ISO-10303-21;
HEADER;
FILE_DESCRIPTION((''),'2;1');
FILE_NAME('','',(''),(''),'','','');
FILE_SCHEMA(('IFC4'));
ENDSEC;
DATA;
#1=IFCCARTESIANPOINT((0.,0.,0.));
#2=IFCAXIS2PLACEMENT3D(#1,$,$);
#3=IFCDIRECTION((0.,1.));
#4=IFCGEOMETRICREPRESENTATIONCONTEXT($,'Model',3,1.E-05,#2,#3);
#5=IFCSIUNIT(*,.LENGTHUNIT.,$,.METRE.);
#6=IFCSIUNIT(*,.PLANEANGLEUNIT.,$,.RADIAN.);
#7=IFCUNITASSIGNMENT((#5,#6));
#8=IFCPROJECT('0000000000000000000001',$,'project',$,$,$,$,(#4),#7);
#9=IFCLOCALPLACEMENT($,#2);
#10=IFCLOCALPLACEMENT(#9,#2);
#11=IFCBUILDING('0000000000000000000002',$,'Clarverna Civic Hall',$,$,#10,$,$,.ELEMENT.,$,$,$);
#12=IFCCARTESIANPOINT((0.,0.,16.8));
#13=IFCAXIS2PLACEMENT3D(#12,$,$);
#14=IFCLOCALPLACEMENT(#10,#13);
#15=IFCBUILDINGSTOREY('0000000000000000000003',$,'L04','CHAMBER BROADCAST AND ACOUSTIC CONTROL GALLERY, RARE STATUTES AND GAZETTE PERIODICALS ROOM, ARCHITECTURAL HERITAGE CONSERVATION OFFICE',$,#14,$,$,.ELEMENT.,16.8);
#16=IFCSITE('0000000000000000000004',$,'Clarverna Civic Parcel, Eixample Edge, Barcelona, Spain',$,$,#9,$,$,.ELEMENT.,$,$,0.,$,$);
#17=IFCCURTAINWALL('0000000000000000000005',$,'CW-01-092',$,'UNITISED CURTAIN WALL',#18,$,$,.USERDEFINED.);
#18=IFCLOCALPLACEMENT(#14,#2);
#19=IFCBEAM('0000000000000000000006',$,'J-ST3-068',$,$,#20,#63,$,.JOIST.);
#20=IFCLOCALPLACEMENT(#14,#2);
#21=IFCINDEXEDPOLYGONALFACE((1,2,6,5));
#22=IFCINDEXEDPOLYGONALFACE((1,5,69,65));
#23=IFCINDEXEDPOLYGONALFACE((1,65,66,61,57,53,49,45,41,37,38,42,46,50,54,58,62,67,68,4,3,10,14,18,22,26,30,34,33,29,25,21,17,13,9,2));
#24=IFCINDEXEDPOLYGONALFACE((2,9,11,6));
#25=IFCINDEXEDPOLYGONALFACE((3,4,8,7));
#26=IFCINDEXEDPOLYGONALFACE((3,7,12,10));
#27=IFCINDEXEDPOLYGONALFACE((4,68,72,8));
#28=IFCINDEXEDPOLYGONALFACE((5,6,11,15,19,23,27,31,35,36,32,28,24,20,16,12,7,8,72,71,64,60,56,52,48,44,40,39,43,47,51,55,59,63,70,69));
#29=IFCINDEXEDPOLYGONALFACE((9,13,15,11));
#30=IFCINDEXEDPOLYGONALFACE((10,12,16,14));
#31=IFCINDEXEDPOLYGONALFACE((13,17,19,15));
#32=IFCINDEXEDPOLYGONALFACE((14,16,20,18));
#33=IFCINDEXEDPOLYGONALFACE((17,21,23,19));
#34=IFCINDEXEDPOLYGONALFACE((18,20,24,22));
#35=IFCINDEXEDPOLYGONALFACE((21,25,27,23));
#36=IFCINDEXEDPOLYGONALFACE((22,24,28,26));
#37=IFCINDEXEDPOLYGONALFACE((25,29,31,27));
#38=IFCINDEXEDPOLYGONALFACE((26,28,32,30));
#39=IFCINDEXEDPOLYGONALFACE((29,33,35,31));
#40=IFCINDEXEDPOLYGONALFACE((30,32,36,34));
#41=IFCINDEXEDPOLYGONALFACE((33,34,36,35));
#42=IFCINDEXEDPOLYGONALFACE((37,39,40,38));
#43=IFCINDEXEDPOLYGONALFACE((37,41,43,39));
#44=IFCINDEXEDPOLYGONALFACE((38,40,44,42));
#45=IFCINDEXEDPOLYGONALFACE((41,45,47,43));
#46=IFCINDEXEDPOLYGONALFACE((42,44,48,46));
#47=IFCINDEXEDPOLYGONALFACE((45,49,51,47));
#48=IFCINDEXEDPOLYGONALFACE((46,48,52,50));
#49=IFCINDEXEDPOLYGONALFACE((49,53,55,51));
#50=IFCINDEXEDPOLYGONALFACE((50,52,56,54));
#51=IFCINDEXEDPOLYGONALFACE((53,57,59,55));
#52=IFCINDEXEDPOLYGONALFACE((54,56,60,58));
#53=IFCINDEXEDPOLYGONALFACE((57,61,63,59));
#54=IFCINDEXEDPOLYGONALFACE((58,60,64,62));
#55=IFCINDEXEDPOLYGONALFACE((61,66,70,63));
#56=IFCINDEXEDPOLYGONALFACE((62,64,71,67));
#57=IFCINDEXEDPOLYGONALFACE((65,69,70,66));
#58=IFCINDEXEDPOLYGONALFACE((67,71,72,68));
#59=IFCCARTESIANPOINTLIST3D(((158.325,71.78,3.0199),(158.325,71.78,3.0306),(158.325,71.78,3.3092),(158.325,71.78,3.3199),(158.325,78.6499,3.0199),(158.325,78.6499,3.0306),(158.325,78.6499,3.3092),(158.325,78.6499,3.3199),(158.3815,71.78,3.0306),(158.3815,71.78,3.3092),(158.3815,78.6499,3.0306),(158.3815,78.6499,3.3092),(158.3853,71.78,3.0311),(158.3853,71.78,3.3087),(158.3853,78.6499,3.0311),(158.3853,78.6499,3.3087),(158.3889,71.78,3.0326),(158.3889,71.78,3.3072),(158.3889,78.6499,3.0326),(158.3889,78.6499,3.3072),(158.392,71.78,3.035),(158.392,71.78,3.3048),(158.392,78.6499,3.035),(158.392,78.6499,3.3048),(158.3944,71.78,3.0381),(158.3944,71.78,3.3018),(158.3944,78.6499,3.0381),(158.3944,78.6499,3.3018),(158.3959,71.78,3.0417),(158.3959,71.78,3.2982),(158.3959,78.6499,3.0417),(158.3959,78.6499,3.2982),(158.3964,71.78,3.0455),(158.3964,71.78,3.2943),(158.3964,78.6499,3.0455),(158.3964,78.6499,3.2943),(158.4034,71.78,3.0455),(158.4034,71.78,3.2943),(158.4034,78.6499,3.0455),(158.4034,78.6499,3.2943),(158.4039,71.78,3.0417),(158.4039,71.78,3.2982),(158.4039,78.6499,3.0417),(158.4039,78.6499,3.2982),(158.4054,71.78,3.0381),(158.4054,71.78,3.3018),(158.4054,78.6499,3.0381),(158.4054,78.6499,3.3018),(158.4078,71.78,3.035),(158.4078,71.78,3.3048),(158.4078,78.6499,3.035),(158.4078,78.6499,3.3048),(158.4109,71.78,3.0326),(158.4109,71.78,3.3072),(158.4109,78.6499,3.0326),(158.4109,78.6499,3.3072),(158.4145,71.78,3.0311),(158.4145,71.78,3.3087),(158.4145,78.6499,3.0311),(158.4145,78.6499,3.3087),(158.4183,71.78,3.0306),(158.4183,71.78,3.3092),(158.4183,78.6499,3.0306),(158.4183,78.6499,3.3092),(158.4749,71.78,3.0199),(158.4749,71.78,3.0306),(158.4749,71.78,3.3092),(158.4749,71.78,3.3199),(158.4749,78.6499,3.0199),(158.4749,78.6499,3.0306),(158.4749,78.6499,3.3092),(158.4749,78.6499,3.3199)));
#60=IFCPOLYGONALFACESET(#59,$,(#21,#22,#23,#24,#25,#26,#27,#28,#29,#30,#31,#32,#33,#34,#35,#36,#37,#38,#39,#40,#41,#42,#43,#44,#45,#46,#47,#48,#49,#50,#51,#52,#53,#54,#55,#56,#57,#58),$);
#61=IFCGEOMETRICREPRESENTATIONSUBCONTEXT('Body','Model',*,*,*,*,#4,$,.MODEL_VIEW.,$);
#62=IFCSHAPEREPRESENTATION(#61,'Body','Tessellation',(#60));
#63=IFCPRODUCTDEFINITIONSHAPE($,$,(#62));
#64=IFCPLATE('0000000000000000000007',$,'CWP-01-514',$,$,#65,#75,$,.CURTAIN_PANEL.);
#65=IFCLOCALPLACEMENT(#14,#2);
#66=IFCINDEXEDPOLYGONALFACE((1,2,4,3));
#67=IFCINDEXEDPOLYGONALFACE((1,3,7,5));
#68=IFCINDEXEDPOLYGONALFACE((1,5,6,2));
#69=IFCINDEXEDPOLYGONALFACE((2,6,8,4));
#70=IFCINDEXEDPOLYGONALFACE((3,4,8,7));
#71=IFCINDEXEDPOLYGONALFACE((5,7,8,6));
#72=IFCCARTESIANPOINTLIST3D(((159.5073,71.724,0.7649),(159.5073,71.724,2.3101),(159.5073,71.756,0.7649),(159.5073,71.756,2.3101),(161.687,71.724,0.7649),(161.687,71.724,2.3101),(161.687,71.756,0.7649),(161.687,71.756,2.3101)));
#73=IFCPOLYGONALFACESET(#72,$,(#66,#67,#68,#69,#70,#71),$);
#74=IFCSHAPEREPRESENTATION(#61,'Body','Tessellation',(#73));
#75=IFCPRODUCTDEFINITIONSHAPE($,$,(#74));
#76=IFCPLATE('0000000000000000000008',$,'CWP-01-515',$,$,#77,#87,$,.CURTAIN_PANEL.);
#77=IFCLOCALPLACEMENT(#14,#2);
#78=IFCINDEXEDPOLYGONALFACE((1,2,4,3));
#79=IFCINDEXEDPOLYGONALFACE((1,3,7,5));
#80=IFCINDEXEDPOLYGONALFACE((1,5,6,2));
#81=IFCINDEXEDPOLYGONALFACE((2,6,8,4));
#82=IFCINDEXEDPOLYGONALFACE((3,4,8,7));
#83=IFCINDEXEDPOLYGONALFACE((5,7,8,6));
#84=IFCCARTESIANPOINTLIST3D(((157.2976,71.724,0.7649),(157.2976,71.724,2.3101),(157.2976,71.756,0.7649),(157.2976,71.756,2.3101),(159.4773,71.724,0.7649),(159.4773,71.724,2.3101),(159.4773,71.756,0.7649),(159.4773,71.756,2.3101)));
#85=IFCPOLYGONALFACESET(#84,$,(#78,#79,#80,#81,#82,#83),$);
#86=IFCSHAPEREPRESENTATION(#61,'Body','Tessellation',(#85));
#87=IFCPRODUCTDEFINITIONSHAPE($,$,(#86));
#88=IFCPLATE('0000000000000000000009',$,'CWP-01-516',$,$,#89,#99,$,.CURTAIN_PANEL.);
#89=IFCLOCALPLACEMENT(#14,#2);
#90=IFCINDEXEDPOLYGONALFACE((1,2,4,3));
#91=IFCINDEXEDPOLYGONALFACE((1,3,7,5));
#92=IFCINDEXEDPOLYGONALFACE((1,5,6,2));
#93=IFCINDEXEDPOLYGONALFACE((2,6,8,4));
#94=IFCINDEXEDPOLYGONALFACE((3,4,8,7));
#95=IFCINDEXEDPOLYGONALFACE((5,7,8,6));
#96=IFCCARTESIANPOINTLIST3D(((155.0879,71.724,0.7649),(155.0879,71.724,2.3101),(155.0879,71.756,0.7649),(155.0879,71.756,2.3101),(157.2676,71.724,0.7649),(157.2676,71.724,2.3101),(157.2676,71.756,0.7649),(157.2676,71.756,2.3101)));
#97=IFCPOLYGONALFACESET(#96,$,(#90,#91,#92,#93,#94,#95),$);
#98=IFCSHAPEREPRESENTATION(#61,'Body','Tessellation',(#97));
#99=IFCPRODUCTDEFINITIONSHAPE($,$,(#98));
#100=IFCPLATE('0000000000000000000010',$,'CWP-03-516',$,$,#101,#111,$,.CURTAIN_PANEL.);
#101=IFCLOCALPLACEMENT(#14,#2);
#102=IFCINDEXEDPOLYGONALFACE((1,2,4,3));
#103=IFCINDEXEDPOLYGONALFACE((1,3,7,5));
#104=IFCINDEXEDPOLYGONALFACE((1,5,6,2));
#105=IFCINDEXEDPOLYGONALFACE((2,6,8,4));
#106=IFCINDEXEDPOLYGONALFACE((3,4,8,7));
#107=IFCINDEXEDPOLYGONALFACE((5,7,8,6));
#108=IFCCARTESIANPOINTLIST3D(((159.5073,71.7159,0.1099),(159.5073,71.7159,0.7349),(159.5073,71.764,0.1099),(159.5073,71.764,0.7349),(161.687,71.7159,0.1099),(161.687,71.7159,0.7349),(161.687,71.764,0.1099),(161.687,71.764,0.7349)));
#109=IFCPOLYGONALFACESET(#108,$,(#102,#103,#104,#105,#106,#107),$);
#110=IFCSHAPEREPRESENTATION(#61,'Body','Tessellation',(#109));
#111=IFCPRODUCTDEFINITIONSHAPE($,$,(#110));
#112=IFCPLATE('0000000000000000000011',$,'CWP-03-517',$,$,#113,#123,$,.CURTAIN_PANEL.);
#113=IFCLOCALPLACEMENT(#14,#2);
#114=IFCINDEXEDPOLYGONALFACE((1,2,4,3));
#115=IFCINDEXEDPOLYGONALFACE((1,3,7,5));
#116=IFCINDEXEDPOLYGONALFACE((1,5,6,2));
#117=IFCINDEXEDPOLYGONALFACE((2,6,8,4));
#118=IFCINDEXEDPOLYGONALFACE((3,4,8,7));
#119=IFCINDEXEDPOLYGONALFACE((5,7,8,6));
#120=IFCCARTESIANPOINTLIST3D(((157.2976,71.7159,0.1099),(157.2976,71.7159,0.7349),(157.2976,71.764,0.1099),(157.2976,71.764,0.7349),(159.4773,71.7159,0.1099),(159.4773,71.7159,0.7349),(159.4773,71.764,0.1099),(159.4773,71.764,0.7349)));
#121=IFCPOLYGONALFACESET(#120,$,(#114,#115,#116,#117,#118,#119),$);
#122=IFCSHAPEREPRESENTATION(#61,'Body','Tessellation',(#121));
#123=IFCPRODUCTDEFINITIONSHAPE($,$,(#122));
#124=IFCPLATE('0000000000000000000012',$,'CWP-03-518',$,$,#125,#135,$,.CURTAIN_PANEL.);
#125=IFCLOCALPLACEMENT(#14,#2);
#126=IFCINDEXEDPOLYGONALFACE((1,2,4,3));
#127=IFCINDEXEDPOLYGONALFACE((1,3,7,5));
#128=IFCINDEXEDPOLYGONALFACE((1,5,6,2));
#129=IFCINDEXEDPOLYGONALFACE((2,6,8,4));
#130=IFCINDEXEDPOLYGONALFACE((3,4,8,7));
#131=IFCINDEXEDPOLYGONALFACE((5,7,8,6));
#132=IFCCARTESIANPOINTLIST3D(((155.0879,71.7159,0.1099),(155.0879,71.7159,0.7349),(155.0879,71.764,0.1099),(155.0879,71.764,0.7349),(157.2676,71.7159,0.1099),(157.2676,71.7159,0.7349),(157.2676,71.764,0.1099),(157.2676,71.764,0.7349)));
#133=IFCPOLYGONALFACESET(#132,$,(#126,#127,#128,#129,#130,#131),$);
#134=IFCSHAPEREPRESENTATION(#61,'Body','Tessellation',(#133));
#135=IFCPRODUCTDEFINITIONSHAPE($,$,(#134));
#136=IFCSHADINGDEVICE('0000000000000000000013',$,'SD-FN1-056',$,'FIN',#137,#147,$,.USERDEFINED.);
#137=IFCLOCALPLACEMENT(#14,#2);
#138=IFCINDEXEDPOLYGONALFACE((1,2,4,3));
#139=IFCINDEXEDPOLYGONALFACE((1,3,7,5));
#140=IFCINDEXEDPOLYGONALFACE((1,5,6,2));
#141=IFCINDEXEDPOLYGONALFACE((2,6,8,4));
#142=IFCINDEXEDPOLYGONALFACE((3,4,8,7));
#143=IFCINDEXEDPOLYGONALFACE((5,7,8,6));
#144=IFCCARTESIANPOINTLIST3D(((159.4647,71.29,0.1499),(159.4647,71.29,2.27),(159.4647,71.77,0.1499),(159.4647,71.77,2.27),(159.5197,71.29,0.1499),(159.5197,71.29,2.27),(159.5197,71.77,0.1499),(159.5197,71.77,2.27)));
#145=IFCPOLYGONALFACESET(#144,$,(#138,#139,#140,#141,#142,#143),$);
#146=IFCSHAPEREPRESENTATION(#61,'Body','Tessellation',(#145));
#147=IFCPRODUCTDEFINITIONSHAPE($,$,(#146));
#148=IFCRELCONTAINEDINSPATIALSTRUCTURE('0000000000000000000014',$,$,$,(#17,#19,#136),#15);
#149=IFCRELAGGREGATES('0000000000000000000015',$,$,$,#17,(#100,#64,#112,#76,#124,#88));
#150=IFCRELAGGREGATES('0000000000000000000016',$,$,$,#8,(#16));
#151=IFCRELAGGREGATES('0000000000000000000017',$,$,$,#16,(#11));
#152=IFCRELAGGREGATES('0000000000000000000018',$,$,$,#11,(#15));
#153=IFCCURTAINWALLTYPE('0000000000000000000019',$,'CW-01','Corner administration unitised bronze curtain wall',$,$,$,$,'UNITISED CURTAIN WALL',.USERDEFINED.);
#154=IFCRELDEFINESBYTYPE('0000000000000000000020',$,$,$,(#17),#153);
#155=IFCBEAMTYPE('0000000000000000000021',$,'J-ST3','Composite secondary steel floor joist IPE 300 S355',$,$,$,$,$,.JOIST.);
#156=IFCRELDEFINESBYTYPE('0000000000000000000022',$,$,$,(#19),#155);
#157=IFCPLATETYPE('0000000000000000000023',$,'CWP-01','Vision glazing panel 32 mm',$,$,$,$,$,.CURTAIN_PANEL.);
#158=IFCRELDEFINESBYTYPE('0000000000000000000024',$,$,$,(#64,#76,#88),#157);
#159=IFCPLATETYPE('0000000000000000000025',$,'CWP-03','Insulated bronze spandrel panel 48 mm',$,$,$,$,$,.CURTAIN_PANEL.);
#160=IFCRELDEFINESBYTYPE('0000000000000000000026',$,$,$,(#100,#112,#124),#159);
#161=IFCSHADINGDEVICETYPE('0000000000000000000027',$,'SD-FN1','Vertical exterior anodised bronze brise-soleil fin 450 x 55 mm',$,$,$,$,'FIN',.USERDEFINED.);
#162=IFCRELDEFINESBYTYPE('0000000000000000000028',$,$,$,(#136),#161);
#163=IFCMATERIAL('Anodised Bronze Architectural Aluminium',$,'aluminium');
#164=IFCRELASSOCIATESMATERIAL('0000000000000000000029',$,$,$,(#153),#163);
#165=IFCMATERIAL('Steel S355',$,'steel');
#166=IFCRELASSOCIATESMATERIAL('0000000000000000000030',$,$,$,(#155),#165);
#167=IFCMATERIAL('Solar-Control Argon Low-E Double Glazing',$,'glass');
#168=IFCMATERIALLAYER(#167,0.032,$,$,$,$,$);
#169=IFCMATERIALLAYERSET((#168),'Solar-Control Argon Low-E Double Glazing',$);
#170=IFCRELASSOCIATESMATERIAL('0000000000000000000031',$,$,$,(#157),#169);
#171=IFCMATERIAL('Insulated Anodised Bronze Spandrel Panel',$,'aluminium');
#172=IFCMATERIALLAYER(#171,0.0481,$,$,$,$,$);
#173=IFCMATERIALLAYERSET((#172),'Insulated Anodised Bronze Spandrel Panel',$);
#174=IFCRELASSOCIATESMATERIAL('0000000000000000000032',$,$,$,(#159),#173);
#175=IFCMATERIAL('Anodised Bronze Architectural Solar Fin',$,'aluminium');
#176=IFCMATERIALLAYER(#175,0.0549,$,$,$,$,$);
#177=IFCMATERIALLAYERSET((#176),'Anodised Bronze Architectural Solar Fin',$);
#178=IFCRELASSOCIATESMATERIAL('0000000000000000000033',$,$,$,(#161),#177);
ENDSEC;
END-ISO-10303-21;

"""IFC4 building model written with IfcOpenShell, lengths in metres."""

from ifc_helpers import new_model, si_unit, direction, frame, frame_2d, origin, origin_2d, place, context, subcontext, project, spatial, rectangle, i_section, extrude, material, layer, layer_set, material_profile, profile_set, type_object, element, aggregate, save


model = new_model("IFC4")

# Units and contexts
model_context = context("Model", 3, precision=1e-05, world=origin(), true_north=direction((0.0, 1.0)))
body_context = subcontext(model_context, "Body", "Model", "MODEL_VIEW")
ifc_project = project(units=[si_unit("LENGTHUNIT", "METRE"), si_unit("PLANEANGLEUNIT", "RADIAN")], contexts=[model_context])

# Site, building, storey
site_placement = place(None, origin())
site = spatial("IfcSite", under=ifc_project, at=site_placement, Name="Clarverna Civic Parcel, Eixample Edge, Barcelona, Spain", CompositionType="ELEMENT", RefElevation=0.0)
building_placement = place(site_placement, origin())
building = spatial("IfcBuilding", under=site, at=building_placement, Name="Clarverna Civic Hall", CompositionType="ELEMENT")
storey_placement = place(building_placement, frame((0.0, 0.0, 16.8)))
storey = spatial("IfcBuildingStorey", under=building, at=storey_placement, Name="L04", Description="CHAMBER BROADCAST AND ACOUSTIC CONTROL GALLERY, RARE STATUTES AND GAZETTE PERIODICALS ROOM, ARCHITECTURAL HERITAGE CONSERVATION OFFICE", CompositionType="ELEMENT", Elevation=16.8)

# Curtain wall
ifc_material_1 = material(Name="Anodised Bronze Architectural Aluminium", Category="aluminium")
curtain_wall_type = type_object("IfcCurtainWallType", Name="CW-01", Description="Corner administration unitised bronze curtain wall", ElementType="UNITISED CURTAIN WALL", PredefinedType="USERDEFINED", material=ifc_material_1)
curtain_wall_placement = place(storey_placement, origin())
curtain_wall = element("IfcCurtainWall", 1, at=curtain_wall_placement, inside=storey, type_object=curtain_wall_type, Name="CW-01-092", ObjectType="UNITISED CURTAIN WALL", PredefinedType="USERDEFINED")

# Beam
ifc_material_2 = material(Name="Steel S355", Category="steel")
ifc_material_profile_1 = material_profile(ifc_material_2, i_section(OverallWidth=0.1499, OverallDepth=0.3, WebThickness=0.0071, FlangeThickness=0.0107, FilletRadius=0.0149, at=origin_2d()), Name="IPE 300")
ifc_profile_set_1 = profile_set([ifc_material_profile_1], Name="Steel S355")
beam_type_1 = type_object("IfcBeamType", Name="J-ST3", Description="Composite secondary steel floor joist IPE 300 S355", PredefinedType="JOIST", material=ifc_profile_set_1)
beam_1_placement = place(storey_placement, frame((158.3999, 71.78, 3.1699), z_axis=(0.0, 1.0, 0.0), x_axis=(-1.0, 0.0, 0.0)))
element("IfcBeam", 2, at=beam_1_placement, inside=storey, type_object=beam_type_1, Name="J-ST3-068", PredefinedType="JOIST", context=body_context, shape_type="SweptSolid", body=[
    extrude(i_section(OverallWidth=0.1499, OverallDepth=0.3, WebThickness=0.0071, FlangeThickness=0.0107, FilletRadius=0.0149, at=origin_2d()), origin(), (0.0, 0.0, 1.0), 6.8699),
])

# Plates
ifc_material_3 = material(Name="Solar-Control Argon Low-E Double Glazing", Category="glass")
ifc_layer_1 = layer(ifc_material_3, 0.032)
ifc_layer_set_1 = layer_set([ifc_layer_1], Name="Solar-Control Argon Low-E Double Glazing")
plate_type_1 = type_object("IfcPlateType", Name="CWP-01", Description="Vision glazing panel 32 mm", PredefinedType="CURTAIN_PANEL", material=ifc_layer_set_1)
plate_1_placement = place(storey_placement, frame((161.687, 71.74, 0.7649), z_axis=(0.0, 0.0, 1.0), x_axis=(-1.0, 0.0, 0.0)))
plate_1 = element("IfcPlate", 3, at=plate_1_placement, type_object=plate_type_1, Name="CWP-01-514", PredefinedType="CURTAIN_PANEL", context=body_context, shape_type="SweptSolid", body=[
    extrude(rectangle(XDim=2.1797, YDim=0.032, at=frame_2d((1.0898, 0.0))), origin(), (0.0, 0.0, 1.0), 1.5452),
])
plate_2_placement = place(storey_placement, frame((159.4773, 71.74, 0.7649), z_axis=(0.0, 0.0, 1.0), x_axis=(-1.0, 0.0, 0.0)))
plate_2 = element("IfcPlate", 4, at=plate_2_placement, type_object=plate_type_1, Name="CWP-01-515", PredefinedType="CURTAIN_PANEL", context=body_context, shape_type="SweptSolid", body=[
    extrude(rectangle(XDim=2.1797, YDim=0.032, at=frame_2d((1.0898, 0.0))), origin(), (0.0, 0.0, 1.0), 1.5452),
])
plate_3_placement = place(storey_placement, frame((157.2676, 71.74, 0.7649), z_axis=(0.0, 0.0, 1.0), x_axis=(-1.0, 0.0, 0.0)))
plate_3 = element("IfcPlate", 5, at=plate_3_placement, type_object=plate_type_1, Name="CWP-01-516", PredefinedType="CURTAIN_PANEL", context=body_context, shape_type="SweptSolid", body=[
    extrude(rectangle(XDim=2.1797, YDim=0.032, at=frame_2d((1.0898, 0.0))), origin(), (0.0, 0.0, 1.0), 1.5452),
])
ifc_material_4 = material(Name="Insulated Anodised Bronze Spandrel Panel", Category="aluminium")
ifc_layer_2 = layer(ifc_material_4, 0.0481)
ifc_layer_set_2 = layer_set([ifc_layer_2], Name="Insulated Anodised Bronze Spandrel Panel")
plate_type_2 = type_object("IfcPlateType", Name="CWP-03", Description="Insulated bronze spandrel panel 48 mm", PredefinedType="CURTAIN_PANEL", material=ifc_layer_set_2)
plate_4_placement = place(storey_placement, frame((161.687, 71.74, 0.1099), z_axis=(0.0, 0.0, 1.0), x_axis=(-1.0, 0.0, 0.0)))
plate_4 = element("IfcPlate", 6, at=plate_4_placement, type_object=plate_type_2, Name="CWP-03-516", PredefinedType="CURTAIN_PANEL", context=body_context, shape_type="SweptSolid", body=[
    extrude(rectangle(XDim=2.1797, YDim=0.0481, at=frame_2d((1.0898, 0.0))), origin(), (0.0, 0.0, 1.0), 0.625),
])
plate_5_placement = place(storey_placement, frame((159.4773, 71.74, 0.1099), z_axis=(0.0, 0.0, 1.0), x_axis=(-1.0, 0.0, 0.0)))
plate_5 = element("IfcPlate", 7, at=plate_5_placement, type_object=plate_type_2, Name="CWP-03-517", PredefinedType="CURTAIN_PANEL", context=body_context, shape_type="SweptSolid", body=[
    extrude(rectangle(XDim=2.1797, YDim=0.0481, at=frame_2d((1.0898, 0.0))), origin(), (0.0, 0.0, 1.0), 0.625),
])
plate_6_placement = place(storey_placement, frame((157.2676, 71.74, 0.1099), z_axis=(0.0, 0.0, 1.0), x_axis=(-1.0, 0.0, 0.0)))
plate_6 = element("IfcPlate", 8, at=plate_6_placement, type_object=plate_type_2, Name="CWP-03-518", PredefinedType="CURTAIN_PANEL", context=body_context, shape_type="SweptSolid", body=[
    extrude(rectangle(XDim=2.1797, YDim=0.0481, at=frame_2d((1.0898, 0.0))), origin(), (0.0, 0.0, 1.0), 0.625),
])
aggregate(curtain_wall, [plate_4, plate_1, plate_5, plate_2, plate_6, plate_3])

# Shading device
ifc_material_5 = material(Name="Anodised Bronze Architectural Solar Fin", Category="aluminium")
ifc_layer_3 = layer(ifc_material_5, 0.0549)
ifc_layer_set_3 = layer_set([ifc_layer_3], Name="Anodised Bronze Architectural Solar Fin")
shading_device_type = type_object("IfcShadingDeviceType", Name="SD-FN1", Description="Vertical exterior anodised bronze brise-soleil fin 450 x 55 mm", ElementType="FIN", PredefinedType="USERDEFINED", material=ifc_layer_set_3)
shading_device_placement = place(storey_placement, frame((159.4922, 71.77, 0.1499), z_axis=(0.0, 0.0, 1.0), x_axis=(0.0, -1.0, 0.0)))
element("IfcShadingDevice", 9, at=shading_device_placement, inside=storey, type_object=shading_device_type, Name="SD-FN1-056", ObjectType="FIN", PredefinedType="USERDEFINED", context=body_context, shape_type="SweptSolid", body=[
    extrude(rectangle(XDim=0.48, YDim=0.0549, at=frame_2d((0.24, 0.0))), origin(), (0.0, 0.0, 1.0), 2.1201),
])

save(model, "model.ifc")
